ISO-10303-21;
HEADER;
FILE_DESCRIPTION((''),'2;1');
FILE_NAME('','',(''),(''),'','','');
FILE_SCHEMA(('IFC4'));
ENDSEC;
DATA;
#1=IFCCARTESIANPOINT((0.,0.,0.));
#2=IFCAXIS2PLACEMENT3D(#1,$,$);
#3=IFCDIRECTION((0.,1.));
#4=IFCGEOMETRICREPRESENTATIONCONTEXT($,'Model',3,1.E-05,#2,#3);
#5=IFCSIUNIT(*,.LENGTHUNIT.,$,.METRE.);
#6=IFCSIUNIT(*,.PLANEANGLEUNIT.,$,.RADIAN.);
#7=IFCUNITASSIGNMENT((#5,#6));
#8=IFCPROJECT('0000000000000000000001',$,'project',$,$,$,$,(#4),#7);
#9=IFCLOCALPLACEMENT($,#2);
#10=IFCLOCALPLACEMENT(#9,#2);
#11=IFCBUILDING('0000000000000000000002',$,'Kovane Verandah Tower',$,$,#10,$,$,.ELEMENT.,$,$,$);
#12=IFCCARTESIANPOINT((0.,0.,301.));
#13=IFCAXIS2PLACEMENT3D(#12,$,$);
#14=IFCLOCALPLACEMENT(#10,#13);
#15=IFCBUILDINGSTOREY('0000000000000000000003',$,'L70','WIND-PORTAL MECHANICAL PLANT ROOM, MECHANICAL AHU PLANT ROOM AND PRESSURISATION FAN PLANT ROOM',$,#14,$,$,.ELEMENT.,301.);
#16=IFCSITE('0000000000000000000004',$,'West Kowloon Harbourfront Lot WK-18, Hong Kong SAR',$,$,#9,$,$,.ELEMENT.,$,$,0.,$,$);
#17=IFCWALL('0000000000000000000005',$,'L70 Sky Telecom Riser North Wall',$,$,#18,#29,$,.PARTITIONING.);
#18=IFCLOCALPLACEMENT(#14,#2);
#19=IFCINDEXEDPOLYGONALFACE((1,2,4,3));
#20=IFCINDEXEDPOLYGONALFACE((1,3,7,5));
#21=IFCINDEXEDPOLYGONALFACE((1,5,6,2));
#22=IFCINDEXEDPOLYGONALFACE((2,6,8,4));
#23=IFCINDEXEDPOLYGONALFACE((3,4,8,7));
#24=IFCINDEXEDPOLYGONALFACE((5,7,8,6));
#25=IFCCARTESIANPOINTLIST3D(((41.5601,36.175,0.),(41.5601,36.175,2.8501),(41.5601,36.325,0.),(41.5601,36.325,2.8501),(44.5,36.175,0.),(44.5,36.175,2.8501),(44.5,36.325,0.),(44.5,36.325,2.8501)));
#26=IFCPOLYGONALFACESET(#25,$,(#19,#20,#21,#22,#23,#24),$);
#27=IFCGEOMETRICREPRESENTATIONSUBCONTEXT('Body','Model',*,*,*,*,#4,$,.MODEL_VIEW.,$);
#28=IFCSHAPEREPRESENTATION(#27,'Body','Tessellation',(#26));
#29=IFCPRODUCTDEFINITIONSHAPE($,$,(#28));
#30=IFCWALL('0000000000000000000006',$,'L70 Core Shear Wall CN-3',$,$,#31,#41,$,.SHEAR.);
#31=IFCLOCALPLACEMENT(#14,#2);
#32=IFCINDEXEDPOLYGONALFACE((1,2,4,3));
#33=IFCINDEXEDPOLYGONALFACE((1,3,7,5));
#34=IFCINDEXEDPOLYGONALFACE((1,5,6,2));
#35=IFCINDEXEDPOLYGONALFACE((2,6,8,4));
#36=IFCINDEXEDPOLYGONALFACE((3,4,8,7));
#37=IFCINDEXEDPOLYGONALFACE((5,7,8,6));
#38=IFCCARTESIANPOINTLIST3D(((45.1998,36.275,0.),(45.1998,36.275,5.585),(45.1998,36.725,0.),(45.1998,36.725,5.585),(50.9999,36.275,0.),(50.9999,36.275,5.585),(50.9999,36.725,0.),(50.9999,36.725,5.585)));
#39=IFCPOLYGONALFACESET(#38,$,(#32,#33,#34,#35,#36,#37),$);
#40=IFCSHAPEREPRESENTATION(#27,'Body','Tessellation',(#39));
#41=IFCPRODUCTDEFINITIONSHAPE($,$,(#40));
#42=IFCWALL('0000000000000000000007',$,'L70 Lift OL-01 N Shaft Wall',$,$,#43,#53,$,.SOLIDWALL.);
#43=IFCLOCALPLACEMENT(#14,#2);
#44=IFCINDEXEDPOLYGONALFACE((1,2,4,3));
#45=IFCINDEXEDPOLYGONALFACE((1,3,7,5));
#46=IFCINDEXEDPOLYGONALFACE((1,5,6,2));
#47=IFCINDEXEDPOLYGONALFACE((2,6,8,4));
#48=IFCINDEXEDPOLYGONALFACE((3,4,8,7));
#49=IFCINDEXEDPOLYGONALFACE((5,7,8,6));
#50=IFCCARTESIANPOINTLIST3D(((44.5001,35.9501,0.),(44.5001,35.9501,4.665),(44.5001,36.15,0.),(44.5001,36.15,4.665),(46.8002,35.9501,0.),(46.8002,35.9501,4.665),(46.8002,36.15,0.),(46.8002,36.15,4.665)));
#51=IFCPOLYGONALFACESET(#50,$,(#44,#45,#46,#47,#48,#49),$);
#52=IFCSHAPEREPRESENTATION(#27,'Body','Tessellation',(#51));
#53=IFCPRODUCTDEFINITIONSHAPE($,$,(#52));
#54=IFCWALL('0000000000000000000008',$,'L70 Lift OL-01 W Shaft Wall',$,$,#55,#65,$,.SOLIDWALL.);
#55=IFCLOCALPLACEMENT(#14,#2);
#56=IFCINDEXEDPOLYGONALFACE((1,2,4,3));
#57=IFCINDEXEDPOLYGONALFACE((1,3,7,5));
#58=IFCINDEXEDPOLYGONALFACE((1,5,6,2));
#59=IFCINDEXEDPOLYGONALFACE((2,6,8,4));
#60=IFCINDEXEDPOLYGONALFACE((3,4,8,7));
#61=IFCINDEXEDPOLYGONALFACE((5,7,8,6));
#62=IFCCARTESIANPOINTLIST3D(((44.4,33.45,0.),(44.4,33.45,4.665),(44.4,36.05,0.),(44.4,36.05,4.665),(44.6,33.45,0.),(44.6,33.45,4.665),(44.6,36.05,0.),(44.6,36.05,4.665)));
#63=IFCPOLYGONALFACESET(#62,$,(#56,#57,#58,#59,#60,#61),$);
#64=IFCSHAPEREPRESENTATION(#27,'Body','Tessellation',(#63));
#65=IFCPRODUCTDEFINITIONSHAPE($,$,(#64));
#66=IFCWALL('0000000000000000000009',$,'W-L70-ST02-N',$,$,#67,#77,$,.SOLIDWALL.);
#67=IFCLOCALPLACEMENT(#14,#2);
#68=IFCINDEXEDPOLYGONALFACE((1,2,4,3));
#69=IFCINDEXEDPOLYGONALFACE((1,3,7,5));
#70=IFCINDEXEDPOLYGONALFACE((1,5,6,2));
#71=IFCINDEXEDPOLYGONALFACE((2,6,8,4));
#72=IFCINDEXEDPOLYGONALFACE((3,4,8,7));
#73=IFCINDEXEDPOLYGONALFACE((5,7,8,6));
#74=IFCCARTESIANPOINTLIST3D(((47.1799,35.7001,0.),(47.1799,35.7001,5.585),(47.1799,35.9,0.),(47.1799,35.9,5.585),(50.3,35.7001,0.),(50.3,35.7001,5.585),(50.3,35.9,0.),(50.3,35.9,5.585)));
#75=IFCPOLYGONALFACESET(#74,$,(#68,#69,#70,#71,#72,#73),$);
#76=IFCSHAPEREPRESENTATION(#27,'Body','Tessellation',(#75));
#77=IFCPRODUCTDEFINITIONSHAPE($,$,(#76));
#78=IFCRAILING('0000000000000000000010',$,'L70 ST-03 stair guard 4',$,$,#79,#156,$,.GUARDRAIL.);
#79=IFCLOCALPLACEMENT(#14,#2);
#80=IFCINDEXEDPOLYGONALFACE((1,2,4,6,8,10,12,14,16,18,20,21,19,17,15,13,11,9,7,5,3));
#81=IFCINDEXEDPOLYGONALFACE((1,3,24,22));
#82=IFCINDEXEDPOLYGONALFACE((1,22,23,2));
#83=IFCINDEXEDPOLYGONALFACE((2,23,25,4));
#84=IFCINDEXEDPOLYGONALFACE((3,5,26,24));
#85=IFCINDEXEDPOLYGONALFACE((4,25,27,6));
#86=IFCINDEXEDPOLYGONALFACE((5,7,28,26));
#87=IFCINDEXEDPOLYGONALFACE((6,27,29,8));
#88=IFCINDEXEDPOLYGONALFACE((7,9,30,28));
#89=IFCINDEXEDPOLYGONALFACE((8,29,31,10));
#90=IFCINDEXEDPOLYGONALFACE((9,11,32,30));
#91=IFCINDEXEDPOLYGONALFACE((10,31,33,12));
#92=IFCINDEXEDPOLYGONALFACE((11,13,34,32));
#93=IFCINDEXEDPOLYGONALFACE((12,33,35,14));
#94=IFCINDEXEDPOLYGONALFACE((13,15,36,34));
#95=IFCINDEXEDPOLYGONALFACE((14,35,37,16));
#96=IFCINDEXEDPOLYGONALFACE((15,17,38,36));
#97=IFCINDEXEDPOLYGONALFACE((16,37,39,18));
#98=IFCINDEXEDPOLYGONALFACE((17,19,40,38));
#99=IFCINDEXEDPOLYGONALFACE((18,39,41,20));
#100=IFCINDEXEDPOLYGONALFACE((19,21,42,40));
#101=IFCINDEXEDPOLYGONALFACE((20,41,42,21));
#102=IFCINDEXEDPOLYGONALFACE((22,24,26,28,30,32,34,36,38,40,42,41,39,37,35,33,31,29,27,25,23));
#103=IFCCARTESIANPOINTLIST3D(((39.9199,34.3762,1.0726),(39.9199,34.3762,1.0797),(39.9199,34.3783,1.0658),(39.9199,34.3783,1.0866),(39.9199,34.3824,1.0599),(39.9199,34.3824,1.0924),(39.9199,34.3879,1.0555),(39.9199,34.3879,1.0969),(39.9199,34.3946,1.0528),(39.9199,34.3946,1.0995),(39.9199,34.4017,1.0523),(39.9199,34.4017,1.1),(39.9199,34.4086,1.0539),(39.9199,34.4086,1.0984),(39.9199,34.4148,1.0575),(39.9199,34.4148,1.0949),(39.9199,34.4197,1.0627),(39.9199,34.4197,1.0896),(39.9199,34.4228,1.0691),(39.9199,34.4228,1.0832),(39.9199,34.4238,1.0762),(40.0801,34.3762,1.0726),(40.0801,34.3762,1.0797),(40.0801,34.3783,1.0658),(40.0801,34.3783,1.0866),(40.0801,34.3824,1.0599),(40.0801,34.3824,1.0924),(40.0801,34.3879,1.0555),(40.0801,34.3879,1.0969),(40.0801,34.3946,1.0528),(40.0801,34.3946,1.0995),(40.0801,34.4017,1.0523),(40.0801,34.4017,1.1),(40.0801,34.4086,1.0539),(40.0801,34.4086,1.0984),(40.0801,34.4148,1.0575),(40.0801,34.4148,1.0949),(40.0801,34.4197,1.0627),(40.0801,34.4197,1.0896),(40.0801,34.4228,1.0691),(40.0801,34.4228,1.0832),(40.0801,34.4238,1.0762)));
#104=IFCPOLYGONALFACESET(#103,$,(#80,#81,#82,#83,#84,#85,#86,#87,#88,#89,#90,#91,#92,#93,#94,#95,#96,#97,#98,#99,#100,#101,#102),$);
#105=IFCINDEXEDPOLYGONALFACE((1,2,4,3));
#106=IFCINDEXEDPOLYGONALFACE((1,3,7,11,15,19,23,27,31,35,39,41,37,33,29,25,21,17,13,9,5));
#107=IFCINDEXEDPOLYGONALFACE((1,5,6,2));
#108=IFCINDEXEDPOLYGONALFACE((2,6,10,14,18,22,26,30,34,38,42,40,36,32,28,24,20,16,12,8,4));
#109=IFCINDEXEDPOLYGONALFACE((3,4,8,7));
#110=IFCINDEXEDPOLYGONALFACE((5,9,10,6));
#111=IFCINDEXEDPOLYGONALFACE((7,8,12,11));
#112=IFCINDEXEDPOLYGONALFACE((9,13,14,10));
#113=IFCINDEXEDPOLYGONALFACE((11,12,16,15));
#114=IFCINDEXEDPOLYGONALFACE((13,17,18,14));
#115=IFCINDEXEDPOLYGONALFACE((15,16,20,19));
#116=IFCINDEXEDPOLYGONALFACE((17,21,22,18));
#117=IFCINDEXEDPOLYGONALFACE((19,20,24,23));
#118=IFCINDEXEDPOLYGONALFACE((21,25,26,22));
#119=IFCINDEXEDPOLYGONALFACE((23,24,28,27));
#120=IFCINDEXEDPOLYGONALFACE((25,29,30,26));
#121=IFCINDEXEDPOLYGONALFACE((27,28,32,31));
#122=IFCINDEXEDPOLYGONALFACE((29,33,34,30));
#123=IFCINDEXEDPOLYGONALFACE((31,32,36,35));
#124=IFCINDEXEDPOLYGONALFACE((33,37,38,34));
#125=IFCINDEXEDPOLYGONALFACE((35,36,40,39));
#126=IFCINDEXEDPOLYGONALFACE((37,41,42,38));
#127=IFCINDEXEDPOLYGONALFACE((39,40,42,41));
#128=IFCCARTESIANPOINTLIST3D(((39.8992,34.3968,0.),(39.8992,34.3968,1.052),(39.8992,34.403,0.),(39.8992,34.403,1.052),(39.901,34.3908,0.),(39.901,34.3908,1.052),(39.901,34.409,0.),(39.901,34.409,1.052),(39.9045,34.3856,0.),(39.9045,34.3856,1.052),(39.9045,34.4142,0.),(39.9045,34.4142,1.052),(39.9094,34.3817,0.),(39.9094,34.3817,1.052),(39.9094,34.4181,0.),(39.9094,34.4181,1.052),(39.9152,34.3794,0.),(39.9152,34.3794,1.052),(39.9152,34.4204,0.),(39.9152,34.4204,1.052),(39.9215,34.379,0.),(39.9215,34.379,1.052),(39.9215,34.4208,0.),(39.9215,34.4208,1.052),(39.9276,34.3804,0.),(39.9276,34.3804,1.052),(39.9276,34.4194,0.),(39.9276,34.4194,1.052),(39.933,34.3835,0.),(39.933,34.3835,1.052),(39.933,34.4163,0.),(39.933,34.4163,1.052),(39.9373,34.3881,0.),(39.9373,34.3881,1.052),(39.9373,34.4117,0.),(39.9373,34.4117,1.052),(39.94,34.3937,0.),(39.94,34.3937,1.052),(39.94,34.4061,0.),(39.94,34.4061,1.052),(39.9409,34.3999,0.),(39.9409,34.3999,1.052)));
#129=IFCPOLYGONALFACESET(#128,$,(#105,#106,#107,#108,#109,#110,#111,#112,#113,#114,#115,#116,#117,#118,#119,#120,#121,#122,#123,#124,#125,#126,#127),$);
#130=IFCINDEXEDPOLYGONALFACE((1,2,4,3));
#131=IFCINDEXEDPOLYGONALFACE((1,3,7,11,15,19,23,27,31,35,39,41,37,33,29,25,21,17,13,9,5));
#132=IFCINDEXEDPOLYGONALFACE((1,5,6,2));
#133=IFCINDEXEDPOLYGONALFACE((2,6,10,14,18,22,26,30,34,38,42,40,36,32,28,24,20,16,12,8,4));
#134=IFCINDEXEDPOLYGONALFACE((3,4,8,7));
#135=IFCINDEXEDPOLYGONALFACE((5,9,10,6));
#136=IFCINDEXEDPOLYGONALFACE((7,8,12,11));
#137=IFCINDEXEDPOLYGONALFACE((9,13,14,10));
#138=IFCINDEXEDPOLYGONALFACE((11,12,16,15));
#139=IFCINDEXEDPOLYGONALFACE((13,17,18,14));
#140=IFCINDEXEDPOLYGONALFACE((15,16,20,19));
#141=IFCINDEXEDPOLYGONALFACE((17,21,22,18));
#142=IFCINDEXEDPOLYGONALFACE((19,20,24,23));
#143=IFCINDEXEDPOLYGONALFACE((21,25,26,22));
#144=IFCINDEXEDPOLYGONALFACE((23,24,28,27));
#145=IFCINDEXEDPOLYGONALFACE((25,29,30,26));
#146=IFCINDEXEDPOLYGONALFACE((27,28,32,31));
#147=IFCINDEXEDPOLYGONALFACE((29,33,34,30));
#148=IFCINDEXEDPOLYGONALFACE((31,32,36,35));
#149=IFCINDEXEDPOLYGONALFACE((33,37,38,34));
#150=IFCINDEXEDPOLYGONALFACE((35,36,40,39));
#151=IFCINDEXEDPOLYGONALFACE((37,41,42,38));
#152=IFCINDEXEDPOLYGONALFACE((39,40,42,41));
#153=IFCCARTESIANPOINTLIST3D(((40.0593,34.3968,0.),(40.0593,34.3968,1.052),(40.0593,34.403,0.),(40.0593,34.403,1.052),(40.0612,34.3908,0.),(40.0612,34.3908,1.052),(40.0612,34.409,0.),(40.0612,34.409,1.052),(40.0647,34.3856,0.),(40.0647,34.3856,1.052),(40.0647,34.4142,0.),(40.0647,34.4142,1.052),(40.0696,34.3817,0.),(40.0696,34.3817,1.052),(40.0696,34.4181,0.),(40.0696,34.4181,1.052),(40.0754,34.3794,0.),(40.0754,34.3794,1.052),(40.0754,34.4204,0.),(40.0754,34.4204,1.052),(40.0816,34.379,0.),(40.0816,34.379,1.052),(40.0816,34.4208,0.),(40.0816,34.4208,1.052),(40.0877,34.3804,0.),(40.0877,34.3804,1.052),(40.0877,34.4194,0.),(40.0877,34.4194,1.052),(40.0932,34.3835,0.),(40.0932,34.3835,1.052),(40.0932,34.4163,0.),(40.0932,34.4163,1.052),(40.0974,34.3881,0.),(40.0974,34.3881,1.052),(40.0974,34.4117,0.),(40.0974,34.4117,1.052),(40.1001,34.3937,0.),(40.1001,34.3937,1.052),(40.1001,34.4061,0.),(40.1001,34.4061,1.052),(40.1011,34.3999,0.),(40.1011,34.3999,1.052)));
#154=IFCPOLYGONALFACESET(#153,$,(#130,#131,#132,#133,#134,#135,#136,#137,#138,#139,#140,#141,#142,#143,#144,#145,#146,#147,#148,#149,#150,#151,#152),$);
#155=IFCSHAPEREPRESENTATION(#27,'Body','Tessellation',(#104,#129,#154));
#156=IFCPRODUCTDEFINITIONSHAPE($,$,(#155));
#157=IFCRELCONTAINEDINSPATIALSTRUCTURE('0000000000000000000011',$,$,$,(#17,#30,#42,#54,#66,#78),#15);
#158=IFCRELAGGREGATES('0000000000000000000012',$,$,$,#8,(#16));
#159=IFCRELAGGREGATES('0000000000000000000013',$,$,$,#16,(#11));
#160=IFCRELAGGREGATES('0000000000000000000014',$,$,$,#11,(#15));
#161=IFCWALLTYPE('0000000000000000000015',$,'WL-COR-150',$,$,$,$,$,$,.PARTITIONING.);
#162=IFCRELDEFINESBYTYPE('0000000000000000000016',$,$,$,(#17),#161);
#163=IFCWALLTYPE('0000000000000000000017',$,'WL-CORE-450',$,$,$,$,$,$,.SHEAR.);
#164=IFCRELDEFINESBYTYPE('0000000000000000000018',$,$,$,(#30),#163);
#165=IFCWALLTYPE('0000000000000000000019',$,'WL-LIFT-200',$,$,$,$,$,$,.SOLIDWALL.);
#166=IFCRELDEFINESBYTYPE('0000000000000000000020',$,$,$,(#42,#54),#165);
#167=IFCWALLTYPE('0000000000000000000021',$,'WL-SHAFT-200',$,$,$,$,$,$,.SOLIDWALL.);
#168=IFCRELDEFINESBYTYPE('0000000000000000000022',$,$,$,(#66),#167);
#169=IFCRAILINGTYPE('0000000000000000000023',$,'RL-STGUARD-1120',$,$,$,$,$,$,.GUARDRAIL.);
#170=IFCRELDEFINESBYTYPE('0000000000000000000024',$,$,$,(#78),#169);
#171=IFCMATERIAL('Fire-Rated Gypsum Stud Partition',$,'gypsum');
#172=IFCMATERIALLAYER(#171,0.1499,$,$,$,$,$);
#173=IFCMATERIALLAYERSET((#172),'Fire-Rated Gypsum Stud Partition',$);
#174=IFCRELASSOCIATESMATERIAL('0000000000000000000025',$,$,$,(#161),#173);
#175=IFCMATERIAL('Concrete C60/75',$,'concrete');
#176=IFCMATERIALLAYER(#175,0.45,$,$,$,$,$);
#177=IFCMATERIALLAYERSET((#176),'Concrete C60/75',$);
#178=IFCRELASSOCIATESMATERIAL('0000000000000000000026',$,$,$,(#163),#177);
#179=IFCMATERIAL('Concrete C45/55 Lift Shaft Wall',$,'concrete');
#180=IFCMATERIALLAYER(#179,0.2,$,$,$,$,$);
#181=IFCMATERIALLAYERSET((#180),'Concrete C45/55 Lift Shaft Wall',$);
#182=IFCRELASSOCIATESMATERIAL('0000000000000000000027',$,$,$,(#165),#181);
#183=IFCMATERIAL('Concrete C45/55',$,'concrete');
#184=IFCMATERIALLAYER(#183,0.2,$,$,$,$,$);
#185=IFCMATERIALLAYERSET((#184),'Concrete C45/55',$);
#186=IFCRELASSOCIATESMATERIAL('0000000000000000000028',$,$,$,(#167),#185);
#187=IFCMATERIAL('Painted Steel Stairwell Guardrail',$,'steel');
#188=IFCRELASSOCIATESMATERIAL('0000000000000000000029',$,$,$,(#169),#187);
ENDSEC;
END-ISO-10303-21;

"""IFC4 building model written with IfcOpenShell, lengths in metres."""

from ifc_helpers import new_model, si_unit, direction, frame, frame_2d, origin, origin_2d, place, context, subcontext, project, spatial, rectangle, circle, extrude, material, layer, layer_set, type_object, element, save


model = new_model("IFC4")

# Units and contexts
model_context = context("Model", 3, precision=1e-05, world=origin(), true_north=direction((0.0, 1.0)))
body_context = subcontext(model_context, "Body", "Model", "MODEL_VIEW")
ifc_project = project(units=[si_unit("LENGTHUNIT", "METRE"), si_unit("PLANEANGLEUNIT", "RADIAN")], contexts=[model_context])

# Site, building, storey
site_placement = place(None, origin())
site = spatial("IfcSite", under=ifc_project, at=site_placement, Name="West Kowloon Harbourfront Lot WK-18, Hong Kong SAR", CompositionType="ELEMENT", RefElevation=0.0)
building_placement = place(site_placement, origin())
building = spatial("IfcBuilding", under=site, at=building_placement, Name="Kovane Verandah Tower", CompositionType="ELEMENT")
storey_placement = place(building_placement, frame((0.0, 0.0, 301.0)))
storey = spatial("IfcBuildingStorey", under=building, at=storey_placement, Name="L70", Description="WIND-PORTAL MECHANICAL PLANT ROOM, MECHANICAL AHU PLANT ROOM AND PRESSURISATION FAN PLANT ROOM", CompositionType="ELEMENT", Elevation=301.0)

# Shared definitions
ifc_material_1 = material(Name="Concrete C60/75", Category="concrete")

# Walls
ifc_material_2 = material(Name="Fire-Rated Gypsum Stud Partition", Category="gypsum")
ifc_layer_1 = layer(ifc_material_2, 0.1499)
ifc_layer_set_1 = layer_set([ifc_layer_1], Name="Fire-Rated Gypsum Stud Partition")
wall_type_1 = type_object("IfcWallType", Name="WL-COR-150", PredefinedType="PARTITIONING", material=ifc_layer_set_1)
wall_1_placement = place(storey_placement, frame((41.5601, 36.25, 0.0), z_axis=(0.0, 0.0, 1.0), x_axis=(1.0, 0.0, 0.0)))
element("IfcWall", 1, at=wall_1_placement, inside=storey, type_object=wall_type_1, Name="L70 Sky Telecom Riser North Wall", PredefinedType="PARTITIONING", context=body_context, shape_type="SweptSolid", body=[
    extrude(rectangle(XDim=2.9399, YDim=0.1499, at=frame_2d((1.47, 0.0))), origin(), (0.0, 0.0, 1.0), 2.8501),
])
ifc_layer_2 = layer(ifc_material_1, 0.45)
ifc_layer_set_2 = layer_set([ifc_layer_2], Name="Concrete C60/75")
wall_type_2 = type_object("IfcWallType", Name="WL-CORE-450", PredefinedType="SHEAR", material=ifc_layer_set_2)
wall_2_placement = place(storey_placement, frame((45.2, 36.5, 0.0), z_axis=(0.0, 0.0, 1.0), x_axis=(1.0, 0.0, 0.0)))
element("IfcWall", 2, at=wall_2_placement, inside=storey, type_object=wall_type_2, Name="L70 Core Shear Wall CN-3", PredefinedType="SHEAR", context=body_context, shape_type="SweptSolid", body=[
    extrude(rectangle(XDim=5.8, YDim=0.45, at=frame_2d((2.8999, 0.0))), origin(), (0.0, 0.0, 1.0), 5.585),
])
ifc_material_3 = material(Name="Concrete C45/55 Lift Shaft Wall", Category="concrete")
ifc_layer_3 = layer(ifc_material_3, 0.2)
ifc_layer_set_3 = layer_set([ifc_layer_3], Name="Concrete C45/55 Lift Shaft Wall")
wall_type_3 = type_object("IfcWallType", Name="WL-LIFT-200", PredefinedType="SOLIDWALL", material=ifc_layer_set_3)
wall_3_placement = place(storey_placement, frame((46.8, 36.05, 0.0), z_axis=(0.0, 0.0, 1.0), x_axis=(-1.0, 0.0, 0.0)))
element("IfcWall", 3, at=wall_3_placement, inside=storey, type_object=wall_type_3, Name="L70 Lift OL-01 N Shaft Wall", PredefinedType="SOLIDWALL", context=body_context, shape_type="SweptSolid", body=[
    extrude(rectangle(XDim=2.3, YDim=0.2, at=frame_2d((1.1499, 0.0))), origin(), (0.0, 0.0, 1.0), 4.665),
])
wall_4_placement = place(storey_placement, frame((44.5, 36.05, 0.0), z_axis=(0.0, 0.0, 1.0), x_axis=(0.0, -1.0, 0.0)))
element("IfcWall", 4, at=wall_4_placement, inside=storey, type_object=wall_type_3, Name="L70 Lift OL-01 W Shaft Wall", PredefinedType="SOLIDWALL", context=body_context, shape_type="SweptSolid", body=[
    extrude(rectangle(XDim=2.6001, YDim=0.2, at=frame_2d((1.3, 0.0))), origin(), (0.0, 0.0, 1.0), 4.665),
])
ifc_material_4 = material(Name="Concrete C45/55", Category="concrete")
ifc_layer_4 = layer(ifc_material_4, 0.2)
ifc_layer_set_4 = layer_set([ifc_layer_4], Name="Concrete C45/55")
wall_type_4 = type_object("IfcWallType", Name="WL-SHAFT-200", PredefinedType="SOLIDWALL", material=ifc_layer_set_4)
wall_5_placement = place(storey_placement, frame((47.1799, 35.8, 0.0), z_axis=(0.0, 0.0, 1.0), x_axis=(1.0, 0.0, 0.0)))
element("IfcWall", 5, at=wall_5_placement, inside=storey, type_object=wall_type_4, Name="W-L70-ST02-N", PredefinedType="SOLIDWALL", context=body_context, shape_type="SweptSolid", body=[
    extrude(rectangle(XDim=3.1201, YDim=0.2, at=frame_2d((1.5601, 0.0))), origin(), (0.0, 0.0, 1.0), 5.585),
])

# Railing
ifc_material_5 = material(Name="Painted Steel Stairwell Guardrail", Category="steel")
railing_type_1 = type_object("IfcRailingType", Name="RL-STGUARD-1120", PredefinedType="GUARDRAIL", material=ifc_material_5)
railing_1_placement = place(storey_placement, frame((39.9199, 34.3999, 0.0)))
element("IfcRailing", 6, at=railing_1_placement, inside=storey, type_object=railing_type_1, Name="L70 ST-03 stair guard 4", PredefinedType="GUARDRAIL", context=body_context, shape_type="SweptSolid", body=[
    extrude(circle(Radius=0.0239, at=origin_2d()), frame((0.0, 0.0, 1.0762), z_axis=(1.0, 0.0, 0.0), x_axis=(0.0, 1.0, 0.0)), (0.0, 0.0, 1.0), 0.1602),
    extrude(circle(Radius=0.021, at=origin_2d()), origin(), (0.0, 0.0, 1.0), 1.052),
    extrude(circle(Radius=0.021, at=origin_2d()), frame((0.1602, 0.0, 0.0)), (0.0, 0.0, 1.0), 1.052),
])

save(model, "model.ifc")
